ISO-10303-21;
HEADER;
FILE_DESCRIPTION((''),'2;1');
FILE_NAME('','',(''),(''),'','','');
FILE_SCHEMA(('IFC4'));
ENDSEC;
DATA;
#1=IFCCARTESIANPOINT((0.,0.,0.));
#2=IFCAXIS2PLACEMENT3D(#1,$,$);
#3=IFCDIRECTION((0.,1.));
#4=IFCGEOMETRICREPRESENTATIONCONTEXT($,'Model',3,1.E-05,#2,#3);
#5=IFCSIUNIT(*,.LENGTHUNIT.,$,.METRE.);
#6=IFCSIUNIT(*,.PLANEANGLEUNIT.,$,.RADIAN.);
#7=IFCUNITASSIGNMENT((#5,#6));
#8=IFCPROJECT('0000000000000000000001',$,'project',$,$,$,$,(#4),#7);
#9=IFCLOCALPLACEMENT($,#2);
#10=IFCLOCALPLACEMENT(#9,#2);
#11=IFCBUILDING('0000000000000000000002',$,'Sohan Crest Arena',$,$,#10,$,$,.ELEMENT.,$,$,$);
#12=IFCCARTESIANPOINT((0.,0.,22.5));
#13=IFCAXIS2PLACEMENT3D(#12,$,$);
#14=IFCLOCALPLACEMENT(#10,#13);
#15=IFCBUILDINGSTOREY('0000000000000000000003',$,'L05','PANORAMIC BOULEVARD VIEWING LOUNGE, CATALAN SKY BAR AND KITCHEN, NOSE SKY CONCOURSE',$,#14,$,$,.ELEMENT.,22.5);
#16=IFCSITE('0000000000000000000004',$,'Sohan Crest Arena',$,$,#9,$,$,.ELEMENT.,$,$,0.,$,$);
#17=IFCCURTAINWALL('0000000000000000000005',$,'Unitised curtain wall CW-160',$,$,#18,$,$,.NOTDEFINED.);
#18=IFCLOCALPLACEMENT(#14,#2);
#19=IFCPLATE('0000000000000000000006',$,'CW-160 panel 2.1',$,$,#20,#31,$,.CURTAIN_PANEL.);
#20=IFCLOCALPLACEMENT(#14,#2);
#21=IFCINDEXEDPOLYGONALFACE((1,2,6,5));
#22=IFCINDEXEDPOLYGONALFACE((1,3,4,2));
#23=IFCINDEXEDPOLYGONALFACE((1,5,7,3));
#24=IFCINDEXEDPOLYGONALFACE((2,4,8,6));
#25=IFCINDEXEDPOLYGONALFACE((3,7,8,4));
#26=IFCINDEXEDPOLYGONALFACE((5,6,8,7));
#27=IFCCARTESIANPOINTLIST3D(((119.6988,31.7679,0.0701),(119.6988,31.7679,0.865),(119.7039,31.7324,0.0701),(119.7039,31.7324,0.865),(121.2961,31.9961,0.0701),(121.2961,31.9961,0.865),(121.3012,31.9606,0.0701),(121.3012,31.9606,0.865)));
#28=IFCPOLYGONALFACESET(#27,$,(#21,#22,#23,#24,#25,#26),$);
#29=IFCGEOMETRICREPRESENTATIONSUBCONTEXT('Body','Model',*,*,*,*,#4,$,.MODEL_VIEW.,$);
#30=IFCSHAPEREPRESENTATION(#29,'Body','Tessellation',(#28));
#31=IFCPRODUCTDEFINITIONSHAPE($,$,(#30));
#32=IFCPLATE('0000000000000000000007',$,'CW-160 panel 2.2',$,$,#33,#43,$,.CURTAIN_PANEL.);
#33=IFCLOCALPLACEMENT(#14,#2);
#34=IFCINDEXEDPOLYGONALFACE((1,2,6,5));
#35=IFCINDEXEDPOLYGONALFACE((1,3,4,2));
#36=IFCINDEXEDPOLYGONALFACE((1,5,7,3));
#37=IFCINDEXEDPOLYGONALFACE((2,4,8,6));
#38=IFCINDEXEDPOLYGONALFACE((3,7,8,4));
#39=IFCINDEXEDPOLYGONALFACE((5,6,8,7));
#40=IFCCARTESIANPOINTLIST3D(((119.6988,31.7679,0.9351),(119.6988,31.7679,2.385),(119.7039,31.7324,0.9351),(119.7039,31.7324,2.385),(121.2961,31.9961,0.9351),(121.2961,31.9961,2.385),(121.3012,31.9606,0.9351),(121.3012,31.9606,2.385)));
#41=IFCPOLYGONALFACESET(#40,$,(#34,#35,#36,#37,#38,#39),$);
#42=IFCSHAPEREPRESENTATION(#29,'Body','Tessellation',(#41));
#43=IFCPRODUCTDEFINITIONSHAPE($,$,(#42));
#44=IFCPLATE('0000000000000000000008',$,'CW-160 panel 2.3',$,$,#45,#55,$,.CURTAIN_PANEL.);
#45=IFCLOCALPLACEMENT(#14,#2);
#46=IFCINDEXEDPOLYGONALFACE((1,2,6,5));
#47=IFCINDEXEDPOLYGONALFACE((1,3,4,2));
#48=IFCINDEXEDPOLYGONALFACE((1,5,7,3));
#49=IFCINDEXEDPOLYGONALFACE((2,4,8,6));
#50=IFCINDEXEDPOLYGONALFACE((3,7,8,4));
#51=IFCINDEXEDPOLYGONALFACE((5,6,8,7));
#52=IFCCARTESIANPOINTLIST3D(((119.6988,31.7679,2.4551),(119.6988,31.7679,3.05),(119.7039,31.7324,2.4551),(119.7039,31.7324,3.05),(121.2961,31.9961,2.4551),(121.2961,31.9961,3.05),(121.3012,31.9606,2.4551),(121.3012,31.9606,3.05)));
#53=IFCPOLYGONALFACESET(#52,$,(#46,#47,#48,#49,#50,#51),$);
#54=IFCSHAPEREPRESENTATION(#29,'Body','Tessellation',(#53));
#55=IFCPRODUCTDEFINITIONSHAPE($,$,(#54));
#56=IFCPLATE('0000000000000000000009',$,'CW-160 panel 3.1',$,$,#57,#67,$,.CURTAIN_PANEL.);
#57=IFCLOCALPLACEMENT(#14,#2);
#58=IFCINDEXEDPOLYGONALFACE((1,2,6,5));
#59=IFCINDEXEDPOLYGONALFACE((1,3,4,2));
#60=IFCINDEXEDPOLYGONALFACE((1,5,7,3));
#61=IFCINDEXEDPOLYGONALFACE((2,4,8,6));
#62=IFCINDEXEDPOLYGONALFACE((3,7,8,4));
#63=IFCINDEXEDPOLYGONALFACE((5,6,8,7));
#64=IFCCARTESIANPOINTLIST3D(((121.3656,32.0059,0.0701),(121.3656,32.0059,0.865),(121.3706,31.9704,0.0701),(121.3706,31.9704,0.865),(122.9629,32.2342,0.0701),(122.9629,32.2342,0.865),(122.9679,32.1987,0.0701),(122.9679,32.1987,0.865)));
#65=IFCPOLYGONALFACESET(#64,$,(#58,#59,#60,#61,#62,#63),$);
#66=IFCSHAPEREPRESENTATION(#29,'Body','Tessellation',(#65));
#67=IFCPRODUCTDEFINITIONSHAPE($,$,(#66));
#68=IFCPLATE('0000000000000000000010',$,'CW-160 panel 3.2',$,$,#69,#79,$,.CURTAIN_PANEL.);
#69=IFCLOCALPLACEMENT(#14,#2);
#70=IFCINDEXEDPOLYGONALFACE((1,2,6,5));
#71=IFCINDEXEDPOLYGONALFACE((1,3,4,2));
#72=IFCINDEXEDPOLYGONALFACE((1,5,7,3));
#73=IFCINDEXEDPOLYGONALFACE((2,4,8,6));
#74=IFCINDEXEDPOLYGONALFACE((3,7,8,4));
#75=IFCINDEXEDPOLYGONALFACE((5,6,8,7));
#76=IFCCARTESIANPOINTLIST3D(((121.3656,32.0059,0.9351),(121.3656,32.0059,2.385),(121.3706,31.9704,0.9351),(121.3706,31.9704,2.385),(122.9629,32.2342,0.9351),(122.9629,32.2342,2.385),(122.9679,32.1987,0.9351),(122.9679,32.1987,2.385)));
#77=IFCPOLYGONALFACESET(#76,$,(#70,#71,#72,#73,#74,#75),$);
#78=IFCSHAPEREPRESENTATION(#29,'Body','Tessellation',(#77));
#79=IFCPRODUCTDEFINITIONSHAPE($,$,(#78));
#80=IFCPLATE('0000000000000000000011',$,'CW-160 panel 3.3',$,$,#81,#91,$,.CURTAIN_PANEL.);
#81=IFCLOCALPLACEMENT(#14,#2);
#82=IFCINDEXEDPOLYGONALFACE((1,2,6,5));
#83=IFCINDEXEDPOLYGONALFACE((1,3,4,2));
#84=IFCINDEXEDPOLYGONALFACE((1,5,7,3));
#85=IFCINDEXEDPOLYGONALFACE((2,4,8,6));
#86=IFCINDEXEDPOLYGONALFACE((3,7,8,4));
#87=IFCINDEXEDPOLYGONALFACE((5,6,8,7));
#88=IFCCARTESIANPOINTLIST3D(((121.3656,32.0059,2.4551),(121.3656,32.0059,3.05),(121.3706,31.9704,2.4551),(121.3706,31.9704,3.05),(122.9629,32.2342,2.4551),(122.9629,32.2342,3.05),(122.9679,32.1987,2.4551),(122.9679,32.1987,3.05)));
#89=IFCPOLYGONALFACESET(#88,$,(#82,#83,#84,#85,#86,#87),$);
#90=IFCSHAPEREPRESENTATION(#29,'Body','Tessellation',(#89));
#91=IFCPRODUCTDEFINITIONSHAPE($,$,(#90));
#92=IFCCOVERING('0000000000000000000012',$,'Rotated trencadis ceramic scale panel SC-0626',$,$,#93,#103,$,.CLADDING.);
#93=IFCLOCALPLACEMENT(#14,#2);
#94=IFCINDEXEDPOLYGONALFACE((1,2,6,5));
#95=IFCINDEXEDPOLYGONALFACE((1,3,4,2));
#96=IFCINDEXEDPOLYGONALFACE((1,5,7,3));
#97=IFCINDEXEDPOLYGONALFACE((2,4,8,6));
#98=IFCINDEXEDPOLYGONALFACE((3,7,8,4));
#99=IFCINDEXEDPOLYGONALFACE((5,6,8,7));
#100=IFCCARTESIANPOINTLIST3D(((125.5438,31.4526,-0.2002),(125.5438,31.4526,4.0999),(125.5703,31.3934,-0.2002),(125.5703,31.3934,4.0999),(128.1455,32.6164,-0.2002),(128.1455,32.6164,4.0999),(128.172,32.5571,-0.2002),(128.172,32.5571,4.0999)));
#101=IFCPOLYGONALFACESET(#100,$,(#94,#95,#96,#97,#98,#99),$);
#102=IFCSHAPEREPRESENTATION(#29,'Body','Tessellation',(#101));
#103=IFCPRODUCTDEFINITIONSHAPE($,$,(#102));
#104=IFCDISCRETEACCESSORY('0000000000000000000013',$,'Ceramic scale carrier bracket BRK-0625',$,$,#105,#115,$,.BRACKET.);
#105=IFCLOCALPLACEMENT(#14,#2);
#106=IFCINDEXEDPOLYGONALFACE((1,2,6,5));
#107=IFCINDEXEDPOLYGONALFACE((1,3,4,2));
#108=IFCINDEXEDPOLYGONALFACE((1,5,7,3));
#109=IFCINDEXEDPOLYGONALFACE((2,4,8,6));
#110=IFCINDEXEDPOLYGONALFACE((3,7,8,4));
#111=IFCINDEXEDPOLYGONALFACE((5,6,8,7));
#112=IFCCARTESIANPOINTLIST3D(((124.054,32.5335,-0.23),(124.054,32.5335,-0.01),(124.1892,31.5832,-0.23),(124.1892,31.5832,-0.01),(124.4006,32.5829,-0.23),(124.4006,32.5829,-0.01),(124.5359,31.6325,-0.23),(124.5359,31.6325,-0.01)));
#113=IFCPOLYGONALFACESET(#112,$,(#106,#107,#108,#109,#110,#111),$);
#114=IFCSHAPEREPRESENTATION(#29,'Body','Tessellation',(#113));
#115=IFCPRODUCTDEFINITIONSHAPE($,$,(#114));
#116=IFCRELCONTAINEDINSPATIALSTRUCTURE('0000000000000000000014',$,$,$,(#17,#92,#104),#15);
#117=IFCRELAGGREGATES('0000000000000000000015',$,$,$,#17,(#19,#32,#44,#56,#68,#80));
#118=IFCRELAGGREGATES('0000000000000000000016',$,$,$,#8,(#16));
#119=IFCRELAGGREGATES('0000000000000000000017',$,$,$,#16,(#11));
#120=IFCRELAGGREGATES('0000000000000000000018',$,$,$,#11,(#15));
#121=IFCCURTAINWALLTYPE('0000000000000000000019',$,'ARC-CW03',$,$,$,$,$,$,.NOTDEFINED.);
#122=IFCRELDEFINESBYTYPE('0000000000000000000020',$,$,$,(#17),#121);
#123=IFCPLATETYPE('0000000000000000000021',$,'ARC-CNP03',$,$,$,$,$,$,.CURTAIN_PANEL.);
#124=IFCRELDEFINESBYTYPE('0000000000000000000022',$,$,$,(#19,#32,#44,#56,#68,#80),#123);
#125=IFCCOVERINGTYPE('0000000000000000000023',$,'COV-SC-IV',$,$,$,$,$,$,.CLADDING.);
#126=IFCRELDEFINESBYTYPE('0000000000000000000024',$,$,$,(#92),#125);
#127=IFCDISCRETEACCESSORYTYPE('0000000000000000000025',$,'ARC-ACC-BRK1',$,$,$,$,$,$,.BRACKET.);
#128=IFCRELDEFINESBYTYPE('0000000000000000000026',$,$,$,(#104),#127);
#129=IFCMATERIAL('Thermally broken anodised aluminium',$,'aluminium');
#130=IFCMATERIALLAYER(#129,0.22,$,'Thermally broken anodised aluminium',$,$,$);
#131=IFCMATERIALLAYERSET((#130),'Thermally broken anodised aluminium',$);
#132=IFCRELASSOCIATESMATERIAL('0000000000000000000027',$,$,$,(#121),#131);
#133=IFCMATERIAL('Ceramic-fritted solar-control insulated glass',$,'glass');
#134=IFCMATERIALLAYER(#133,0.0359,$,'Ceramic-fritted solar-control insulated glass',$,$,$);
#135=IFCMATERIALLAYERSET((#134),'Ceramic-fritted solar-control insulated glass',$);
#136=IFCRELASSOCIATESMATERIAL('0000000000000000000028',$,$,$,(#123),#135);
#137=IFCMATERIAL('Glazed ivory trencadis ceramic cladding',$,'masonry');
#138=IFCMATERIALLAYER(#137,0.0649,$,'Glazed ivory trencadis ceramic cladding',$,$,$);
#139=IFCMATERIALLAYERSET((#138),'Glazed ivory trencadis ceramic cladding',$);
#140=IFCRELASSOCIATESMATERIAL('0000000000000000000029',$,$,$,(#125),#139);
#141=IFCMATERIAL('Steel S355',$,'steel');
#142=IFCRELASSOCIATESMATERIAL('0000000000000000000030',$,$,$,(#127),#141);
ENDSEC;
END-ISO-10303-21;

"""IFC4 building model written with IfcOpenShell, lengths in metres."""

from ifc_helpers import new_model, si_unit, direction, frame, origin, origin_2d, place, context, subcontext, project, spatial, rectangle, extrude, material, layer, layer_set, type_object, element, aggregate, save


model = new_model("IFC4")

# Units and contexts
model_context = context("Model", 3, precision=1e-05, world=origin(), true_north=direction((0.0, 1.0)))
body_context = subcontext(model_context, "Body", "Model", "MODEL_VIEW")
ifc_project = project(units=[si_unit("LENGTHUNIT", "METRE"), si_unit("PLANEANGLEUNIT", "RADIAN")], contexts=[model_context])

# Site, building, storey
site_placement = place(None, origin())
site = spatial("IfcSite", under=ifc_project, at=site_placement, Name="Sohan Crest Arena", CompositionType="ELEMENT", RefElevation=0.0)
building_placement = place(site_placement, origin())
building = spatial("IfcBuilding", under=site, at=building_placement, Name="Sohan Crest Arena", CompositionType="ELEMENT")
storey_placement = place(building_placement, frame((0.0, 0.0, 22.5)))
storey = spatial("IfcBuildingStorey", under=building, at=storey_placement, Name="L05", Description="PANORAMIC BOULEVARD VIEWING LOUNGE, CATALAN SKY BAR AND KITCHEN, NOSE SKY CONCOURSE", CompositionType="ELEMENT", Elevation=22.5)

# Curtain wall, plates
ifc_material_1 = material(Name="Thermally broken anodised aluminium", Category="aluminium")
ifc_layer_1 = layer(ifc_material_1, 0.22, Name="Thermally broken anodised aluminium")
ifc_layer_set_1 = layer_set([ifc_layer_1], Name="Thermally broken anodised aluminium")
curtain_wall_type = type_object("IfcCurtainWallType", Name="ARC-CW03", PredefinedType="NOTDEFINED", material=ifc_layer_set_1)
curtain_wall_placement = place(storey_placement, origin())
curtain_wall = element("IfcCurtainWall", 1, at=curtain_wall_placement, inside=storey, type_object=curtain_wall_type, Name="Unitised curtain wall CW-160", PredefinedType="NOTDEFINED")
ifc_material_2 = material(Name="Ceramic-fritted solar-control insulated glass", Category="glass")
ifc_layer_2 = layer(ifc_material_2, 0.0359, Name="Ceramic-fritted solar-control insulated glass")
ifc_layer_set_2 = layer_set([ifc_layer_2], Name="Ceramic-fritted solar-control insulated glass")
plate_type = type_object("IfcPlateType", Name="ARC-CNP03", PredefinedType="CURTAIN_PANEL", material=ifc_layer_set_2)
plate_1_placement = place(storey_placement, frame((120.5, 31.8643, 0.0701), z_axis=(0.0, 0.0, 1.0), x_axis=(0.989944, 0.141463, 0.0)))
plate_1 = element("IfcPlate", 2, at=plate_1_placement, type_object=plate_type, Name="CW-160 panel 2.1", PredefinedType="CURTAIN_PANEL", context=body_context, shape_type="SweptSolid", body=[
    extrude(rectangle(XDim=1.6135, YDim=0.0359, at=origin_2d()), origin(), (0.0, 0.0, 1.0), 0.7949),
])
plate_2_placement = place(storey_placement, frame((120.5, 31.8643, 0.9351), z_axis=(0.0, 0.0, 1.0), x_axis=(0.989944, 0.141463, 0.0)))
plate_2 = element("IfcPlate", 3, at=plate_2_placement, type_object=plate_type, Name="CW-160 panel 2.2", PredefinedType="CURTAIN_PANEL", context=body_context, shape_type="SweptSolid", body=[
    extrude(rectangle(XDim=1.6135, YDim=0.0359, at=origin_2d()), origin(), (0.0, 0.0, 1.0), 1.45),
])
plate_3_placement = place(storey_placement, frame((120.5, 31.8643, 2.4551), z_axis=(0.0, 0.0, 1.0), x_axis=(0.989944, 0.141463, 0.0)))
plate_3 = element("IfcPlate", 4, at=plate_3_placement, type_object=plate_type, Name="CW-160 panel 2.3", PredefinedType="CURTAIN_PANEL", context=body_context, shape_type="SweptSolid", body=[
    extrude(rectangle(XDim=1.6135, YDim=0.0359, at=origin_2d()), origin(), (0.0, 0.0, 1.0), 0.595),
])
plate_4_placement = place(storey_placement, frame((122.1667, 32.1023, 0.0701), z_axis=(0.0, 0.0, 1.0), x_axis=(0.989944, 0.141463, 0.0)))
plate_4 = element("IfcPlate", 5, at=plate_4_placement, type_object=plate_type, Name="CW-160 panel 3.1", PredefinedType="CURTAIN_PANEL", context=body_context, shape_type="SweptSolid", body=[
    extrude(rectangle(XDim=1.6135, YDim=0.0359, at=origin_2d()), origin(), (0.0, 0.0, 1.0), 0.7949),
])
plate_5_placement = place(storey_placement, frame((122.1667, 32.1023, 0.9351), z_axis=(0.0, 0.0, 1.0), x_axis=(0.989944, 0.141463, 0.0)))
plate_5 = element("IfcPlate", 6, at=plate_5_placement, type_object=plate_type, Name="CW-160 panel 3.2", PredefinedType="CURTAIN_PANEL", context=body_context, shape_type="SweptSolid", body=[
    extrude(rectangle(XDim=1.6135, YDim=0.0359, at=origin_2d()), origin(), (0.0, 0.0, 1.0), 1.45),
])
plate_6_placement = place(storey_placement, frame((122.1667, 32.1023, 2.4551), z_axis=(0.0, 0.0, 1.0), x_axis=(0.989944, 0.141463, 0.0)))
plate_6 = element("IfcPlate", 7, at=plate_6_placement, type_object=plate_type, Name="CW-160 panel 3.3", PredefinedType="CURTAIN_PANEL", context=body_context, shape_type="SweptSolid", body=[
    extrude(rectangle(XDim=1.6135, YDim=0.0359, at=origin_2d()), origin(), (0.0, 0.0, 1.0), 0.595),
])
aggregate(curtain_wall, [plate_1, plate_2, plate_3, plate_4, plate_5, plate_6])

# Covering
ifc_material_3 = material(Name="Glazed ivory trencadis ceramic cladding", Category="masonry")
ifc_layer_3 = layer(ifc_material_3, 0.0649, Name="Glazed ivory trencadis ceramic cladding")
ifc_layer_set_3 = layer_set([ifc_layer_3], Name="Glazed ivory trencadis ceramic cladding")
covering_type = type_object("IfcCoveringType", Name="COV-SC-IV", PredefinedType="CLADDING", material=ifc_layer_set_3)
covering_placement = place(storey_placement, frame((126.8579, 32.0049, -0.2002), z_axis=(0.0, 0.0, 1.0), x_axis=(0.912834, 0.40833, 0.0)))
element("IfcCovering", 8, at=covering_placement, inside=storey, type_object=covering_type, Name="Rotated trencadis ceramic scale panel SC-0626", PredefinedType="CLADDING", context=body_context, shape_type="SweptSolid", body=[
    extrude(rectangle(XDim=2.8501, YDim=0.0649, at=origin_2d()), origin(), (0.0, 0.0, 1.0), 4.3),
])

# Discrete accessory
ifc_material_4 = material(Name="Steel S355", Category="steel")
discrete_accessory_type = type_object("IfcDiscreteAccessoryType", Name="ARC-ACC-BRK1", PredefinedType="BRACKET", material=ifc_material_4)
discrete_accessory_placement = place(storey_placement, frame((124.2949, 32.083, -0.23), z_axis=(0.0, 0.0, 1.0), x_axis=(0.990024, 0.140901, 0.0)))
element("IfcDiscreteAccessory", 9, at=discrete_accessory_placement, inside=storey, type_object=discrete_accessory_type, Name="Ceramic scale carrier bracket BRK-0625", PredefinedType="BRACKET", context=body_context, shape_type="SweptSolid", body=[
    extrude(rectangle(XDim=0.3501, YDim=0.96, at=origin_2d()), origin(), (0.0, 0.0, 1.0), 0.22),
])

save(model, "model.ifc")
